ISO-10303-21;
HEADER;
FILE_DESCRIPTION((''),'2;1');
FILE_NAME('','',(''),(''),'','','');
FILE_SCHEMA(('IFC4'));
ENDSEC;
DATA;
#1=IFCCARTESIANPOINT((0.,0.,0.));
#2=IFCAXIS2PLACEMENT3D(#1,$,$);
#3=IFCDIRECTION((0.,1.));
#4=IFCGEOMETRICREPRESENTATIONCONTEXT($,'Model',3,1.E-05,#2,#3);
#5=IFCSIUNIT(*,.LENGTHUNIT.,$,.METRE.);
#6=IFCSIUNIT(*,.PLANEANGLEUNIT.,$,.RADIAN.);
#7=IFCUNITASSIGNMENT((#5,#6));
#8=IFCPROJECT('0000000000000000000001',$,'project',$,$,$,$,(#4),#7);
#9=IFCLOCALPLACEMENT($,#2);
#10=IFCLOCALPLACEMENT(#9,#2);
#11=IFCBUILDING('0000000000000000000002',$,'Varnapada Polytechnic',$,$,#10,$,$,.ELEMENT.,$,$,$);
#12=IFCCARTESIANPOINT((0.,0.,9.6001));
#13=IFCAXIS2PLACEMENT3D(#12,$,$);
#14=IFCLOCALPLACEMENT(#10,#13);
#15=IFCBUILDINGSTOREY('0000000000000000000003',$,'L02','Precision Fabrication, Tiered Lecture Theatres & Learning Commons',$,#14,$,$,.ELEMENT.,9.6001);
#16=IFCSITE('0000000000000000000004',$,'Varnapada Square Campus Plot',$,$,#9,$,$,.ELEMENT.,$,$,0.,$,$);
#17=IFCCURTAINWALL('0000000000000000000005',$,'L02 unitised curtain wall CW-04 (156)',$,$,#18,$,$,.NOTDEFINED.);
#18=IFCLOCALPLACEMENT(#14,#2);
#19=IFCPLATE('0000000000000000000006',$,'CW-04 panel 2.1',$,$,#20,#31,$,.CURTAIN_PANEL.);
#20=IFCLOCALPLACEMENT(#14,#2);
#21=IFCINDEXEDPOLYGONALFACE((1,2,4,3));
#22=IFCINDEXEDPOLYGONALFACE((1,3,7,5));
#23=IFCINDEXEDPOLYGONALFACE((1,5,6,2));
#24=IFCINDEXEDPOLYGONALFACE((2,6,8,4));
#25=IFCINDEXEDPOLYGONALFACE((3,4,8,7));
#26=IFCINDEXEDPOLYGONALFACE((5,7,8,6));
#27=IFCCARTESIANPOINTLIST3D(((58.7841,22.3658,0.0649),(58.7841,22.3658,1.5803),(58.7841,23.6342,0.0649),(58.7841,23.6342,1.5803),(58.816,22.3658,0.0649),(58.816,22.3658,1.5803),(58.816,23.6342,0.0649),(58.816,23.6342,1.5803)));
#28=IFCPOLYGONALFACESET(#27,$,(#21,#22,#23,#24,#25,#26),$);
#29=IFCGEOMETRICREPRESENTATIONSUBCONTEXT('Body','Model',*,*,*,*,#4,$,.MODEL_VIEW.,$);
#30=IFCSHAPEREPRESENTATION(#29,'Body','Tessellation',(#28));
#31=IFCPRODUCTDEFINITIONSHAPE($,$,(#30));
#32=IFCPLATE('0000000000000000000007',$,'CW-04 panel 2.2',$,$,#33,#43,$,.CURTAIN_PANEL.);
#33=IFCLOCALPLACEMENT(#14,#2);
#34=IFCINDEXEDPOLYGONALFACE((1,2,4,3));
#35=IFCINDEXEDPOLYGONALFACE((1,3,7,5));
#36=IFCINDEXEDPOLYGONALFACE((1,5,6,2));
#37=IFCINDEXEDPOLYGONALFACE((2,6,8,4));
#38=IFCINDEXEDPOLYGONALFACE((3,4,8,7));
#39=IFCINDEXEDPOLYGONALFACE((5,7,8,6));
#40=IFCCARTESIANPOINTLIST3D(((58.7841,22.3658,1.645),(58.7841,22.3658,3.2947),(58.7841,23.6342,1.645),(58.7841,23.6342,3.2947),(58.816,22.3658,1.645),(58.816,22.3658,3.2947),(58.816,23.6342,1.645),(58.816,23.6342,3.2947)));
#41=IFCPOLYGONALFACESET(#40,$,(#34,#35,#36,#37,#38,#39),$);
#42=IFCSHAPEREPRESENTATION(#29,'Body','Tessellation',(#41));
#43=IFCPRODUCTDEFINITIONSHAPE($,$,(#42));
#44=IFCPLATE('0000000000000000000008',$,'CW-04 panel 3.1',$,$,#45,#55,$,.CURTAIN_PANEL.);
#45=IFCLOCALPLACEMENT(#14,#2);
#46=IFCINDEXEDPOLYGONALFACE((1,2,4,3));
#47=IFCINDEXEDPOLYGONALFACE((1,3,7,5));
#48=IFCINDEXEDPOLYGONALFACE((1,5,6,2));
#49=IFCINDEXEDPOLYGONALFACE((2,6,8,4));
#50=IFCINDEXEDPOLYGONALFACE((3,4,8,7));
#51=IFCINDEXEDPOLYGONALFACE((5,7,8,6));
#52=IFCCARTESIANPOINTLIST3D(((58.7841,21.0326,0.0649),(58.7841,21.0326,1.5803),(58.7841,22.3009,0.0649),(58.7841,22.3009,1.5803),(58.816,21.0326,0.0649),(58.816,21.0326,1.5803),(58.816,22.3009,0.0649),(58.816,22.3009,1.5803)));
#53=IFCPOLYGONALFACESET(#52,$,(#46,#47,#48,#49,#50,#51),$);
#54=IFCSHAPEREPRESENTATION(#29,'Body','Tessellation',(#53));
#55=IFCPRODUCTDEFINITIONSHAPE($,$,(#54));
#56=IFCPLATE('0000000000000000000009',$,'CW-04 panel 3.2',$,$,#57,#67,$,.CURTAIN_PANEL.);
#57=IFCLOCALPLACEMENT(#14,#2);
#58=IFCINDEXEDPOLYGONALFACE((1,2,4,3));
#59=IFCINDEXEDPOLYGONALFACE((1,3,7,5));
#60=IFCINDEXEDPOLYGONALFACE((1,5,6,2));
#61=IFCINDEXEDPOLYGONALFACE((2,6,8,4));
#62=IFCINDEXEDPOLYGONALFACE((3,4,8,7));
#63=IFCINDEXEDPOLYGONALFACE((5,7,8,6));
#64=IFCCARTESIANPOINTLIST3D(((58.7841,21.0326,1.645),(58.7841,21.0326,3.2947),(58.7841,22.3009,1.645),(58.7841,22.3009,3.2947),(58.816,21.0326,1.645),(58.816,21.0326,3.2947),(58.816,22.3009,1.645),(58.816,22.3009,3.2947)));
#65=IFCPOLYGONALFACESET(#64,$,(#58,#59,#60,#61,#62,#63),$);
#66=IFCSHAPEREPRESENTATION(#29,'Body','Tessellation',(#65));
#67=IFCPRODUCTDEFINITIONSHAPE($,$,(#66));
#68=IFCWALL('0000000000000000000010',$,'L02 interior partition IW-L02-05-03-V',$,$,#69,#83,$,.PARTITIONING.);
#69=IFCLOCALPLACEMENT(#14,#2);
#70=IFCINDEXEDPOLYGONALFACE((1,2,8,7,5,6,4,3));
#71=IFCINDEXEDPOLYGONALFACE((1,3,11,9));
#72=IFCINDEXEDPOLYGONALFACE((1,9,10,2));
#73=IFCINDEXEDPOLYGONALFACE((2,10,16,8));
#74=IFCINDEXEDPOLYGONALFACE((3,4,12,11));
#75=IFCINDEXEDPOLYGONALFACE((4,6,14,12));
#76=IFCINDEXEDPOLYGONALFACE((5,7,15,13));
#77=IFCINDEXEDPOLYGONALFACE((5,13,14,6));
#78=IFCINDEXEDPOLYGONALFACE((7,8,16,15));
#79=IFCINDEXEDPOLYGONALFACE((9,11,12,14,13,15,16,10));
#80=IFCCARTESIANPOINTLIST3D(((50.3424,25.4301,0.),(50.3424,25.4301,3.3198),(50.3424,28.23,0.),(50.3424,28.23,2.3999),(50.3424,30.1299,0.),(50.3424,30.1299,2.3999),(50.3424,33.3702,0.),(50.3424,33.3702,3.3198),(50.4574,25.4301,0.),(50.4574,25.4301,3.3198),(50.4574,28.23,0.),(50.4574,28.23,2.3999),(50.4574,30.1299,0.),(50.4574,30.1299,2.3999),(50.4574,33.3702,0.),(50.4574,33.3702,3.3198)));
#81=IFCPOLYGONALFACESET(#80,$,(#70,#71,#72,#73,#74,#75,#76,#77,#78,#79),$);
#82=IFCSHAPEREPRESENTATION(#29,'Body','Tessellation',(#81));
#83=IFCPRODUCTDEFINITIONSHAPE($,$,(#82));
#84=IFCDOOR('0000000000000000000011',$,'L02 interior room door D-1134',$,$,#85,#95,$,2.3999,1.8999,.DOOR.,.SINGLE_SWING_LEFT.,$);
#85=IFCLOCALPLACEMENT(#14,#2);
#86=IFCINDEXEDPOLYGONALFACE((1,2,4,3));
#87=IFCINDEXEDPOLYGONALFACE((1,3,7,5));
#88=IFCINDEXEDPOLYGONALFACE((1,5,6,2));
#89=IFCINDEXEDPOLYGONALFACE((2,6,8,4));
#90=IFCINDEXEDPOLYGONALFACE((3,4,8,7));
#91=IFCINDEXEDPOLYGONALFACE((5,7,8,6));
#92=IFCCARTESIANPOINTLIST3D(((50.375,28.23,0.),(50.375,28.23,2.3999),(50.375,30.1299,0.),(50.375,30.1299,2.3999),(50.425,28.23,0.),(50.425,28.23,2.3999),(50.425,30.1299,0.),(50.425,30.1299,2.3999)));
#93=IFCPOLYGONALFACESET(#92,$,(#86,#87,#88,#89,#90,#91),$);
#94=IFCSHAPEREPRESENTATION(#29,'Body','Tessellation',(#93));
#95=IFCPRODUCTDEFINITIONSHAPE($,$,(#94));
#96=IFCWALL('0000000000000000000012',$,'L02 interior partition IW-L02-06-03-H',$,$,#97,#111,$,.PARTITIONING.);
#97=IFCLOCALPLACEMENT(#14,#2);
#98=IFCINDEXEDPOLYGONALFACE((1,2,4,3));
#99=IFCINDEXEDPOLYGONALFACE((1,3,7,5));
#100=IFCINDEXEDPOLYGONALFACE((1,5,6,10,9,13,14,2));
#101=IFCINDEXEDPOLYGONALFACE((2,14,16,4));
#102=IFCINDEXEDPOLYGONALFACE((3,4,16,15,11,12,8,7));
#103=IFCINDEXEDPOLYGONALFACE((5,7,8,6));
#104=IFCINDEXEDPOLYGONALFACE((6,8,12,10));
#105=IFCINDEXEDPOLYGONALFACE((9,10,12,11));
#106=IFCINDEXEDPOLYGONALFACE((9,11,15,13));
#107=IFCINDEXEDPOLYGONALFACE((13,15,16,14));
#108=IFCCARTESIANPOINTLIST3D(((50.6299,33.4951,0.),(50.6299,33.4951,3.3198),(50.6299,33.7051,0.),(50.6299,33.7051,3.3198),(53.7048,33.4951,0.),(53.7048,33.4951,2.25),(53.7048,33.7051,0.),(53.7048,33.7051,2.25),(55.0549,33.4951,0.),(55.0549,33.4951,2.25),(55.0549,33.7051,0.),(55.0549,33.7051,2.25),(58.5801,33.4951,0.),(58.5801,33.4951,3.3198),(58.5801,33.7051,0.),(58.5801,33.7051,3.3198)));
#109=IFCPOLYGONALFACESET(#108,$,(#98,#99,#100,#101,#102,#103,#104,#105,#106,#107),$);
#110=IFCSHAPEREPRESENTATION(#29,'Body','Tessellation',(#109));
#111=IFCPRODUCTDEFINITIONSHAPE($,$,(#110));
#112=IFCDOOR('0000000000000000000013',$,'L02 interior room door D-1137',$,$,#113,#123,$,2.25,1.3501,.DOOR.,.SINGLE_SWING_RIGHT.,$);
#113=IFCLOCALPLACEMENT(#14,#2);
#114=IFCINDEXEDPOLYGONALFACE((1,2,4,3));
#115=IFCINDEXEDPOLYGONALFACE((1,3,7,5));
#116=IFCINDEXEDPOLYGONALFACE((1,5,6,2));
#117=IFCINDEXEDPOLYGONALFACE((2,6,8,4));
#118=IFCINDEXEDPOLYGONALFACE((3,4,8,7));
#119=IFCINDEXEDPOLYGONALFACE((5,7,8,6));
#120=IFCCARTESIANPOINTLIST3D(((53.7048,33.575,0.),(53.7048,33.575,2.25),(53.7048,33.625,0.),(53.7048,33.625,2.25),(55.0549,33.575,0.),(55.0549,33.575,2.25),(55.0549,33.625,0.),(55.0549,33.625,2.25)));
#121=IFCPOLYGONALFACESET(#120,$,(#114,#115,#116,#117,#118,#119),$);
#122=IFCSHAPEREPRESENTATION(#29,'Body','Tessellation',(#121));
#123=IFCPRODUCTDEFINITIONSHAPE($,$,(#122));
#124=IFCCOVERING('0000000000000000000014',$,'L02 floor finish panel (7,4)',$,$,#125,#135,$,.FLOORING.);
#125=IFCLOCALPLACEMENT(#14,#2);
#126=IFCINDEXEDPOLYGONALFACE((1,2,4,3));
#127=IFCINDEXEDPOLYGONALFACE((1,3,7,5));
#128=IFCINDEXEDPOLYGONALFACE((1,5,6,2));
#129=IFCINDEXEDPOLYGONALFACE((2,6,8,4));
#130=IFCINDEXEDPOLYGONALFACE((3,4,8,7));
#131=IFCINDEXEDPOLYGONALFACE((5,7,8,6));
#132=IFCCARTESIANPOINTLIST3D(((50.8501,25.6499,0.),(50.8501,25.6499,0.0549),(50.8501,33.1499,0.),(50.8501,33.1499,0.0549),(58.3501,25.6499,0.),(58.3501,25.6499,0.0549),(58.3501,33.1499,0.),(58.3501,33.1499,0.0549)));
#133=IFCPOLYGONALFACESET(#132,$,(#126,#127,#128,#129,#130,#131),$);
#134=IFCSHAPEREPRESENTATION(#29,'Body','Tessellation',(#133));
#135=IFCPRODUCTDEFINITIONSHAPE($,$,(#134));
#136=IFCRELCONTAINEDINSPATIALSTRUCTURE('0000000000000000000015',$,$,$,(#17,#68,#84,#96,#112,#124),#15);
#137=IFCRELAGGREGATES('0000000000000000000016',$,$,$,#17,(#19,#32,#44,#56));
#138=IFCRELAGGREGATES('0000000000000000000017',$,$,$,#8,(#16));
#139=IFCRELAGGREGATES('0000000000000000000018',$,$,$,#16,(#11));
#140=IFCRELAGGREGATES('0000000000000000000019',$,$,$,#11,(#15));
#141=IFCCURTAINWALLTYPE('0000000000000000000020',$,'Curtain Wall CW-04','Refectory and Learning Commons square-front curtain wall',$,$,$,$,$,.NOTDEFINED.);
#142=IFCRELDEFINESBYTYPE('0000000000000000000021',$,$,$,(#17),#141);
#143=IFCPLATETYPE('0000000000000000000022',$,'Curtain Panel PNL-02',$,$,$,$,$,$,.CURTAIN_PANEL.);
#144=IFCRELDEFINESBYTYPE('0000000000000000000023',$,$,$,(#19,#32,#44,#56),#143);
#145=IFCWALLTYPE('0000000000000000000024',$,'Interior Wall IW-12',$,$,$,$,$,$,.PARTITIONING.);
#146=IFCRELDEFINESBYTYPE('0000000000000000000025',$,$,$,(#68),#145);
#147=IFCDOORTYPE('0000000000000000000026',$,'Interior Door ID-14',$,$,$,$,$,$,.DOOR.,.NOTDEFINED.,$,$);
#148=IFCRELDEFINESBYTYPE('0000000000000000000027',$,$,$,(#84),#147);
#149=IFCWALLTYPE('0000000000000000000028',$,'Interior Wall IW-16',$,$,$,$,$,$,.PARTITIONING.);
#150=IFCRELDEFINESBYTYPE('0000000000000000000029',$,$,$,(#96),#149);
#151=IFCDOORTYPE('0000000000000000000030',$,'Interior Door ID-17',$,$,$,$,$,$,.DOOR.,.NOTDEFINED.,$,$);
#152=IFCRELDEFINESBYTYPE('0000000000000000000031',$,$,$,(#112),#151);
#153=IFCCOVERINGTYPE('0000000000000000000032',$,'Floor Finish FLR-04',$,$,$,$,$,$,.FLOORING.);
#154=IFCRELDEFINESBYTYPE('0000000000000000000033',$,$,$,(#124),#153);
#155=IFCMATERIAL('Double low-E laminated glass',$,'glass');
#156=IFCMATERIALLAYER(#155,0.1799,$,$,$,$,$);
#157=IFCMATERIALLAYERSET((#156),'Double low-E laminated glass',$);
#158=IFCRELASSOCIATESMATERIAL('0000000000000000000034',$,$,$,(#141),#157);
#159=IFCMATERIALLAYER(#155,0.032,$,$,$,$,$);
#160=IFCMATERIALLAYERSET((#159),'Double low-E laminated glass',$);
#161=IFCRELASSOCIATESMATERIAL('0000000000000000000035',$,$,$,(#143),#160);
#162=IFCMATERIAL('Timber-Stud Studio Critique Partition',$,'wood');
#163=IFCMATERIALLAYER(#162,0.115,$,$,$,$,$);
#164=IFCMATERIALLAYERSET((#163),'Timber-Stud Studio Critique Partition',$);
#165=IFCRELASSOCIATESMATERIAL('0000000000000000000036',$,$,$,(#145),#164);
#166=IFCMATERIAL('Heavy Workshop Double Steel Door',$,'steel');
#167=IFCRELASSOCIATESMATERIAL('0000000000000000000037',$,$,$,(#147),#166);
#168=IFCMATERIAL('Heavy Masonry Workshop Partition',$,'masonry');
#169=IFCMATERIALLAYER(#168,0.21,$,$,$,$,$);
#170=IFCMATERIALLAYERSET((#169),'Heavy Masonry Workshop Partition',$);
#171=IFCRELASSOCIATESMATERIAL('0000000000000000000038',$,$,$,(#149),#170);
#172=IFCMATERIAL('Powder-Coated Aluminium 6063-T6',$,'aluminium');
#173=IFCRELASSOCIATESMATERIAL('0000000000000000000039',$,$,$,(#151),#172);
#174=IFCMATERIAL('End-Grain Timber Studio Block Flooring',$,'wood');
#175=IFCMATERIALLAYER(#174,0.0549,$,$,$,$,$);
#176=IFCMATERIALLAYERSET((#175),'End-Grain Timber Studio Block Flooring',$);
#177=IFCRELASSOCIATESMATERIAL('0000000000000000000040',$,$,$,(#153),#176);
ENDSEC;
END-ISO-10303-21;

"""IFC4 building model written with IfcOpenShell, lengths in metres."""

from ifc_helpers import new_model, si_unit, direction, frame, frame_2d, origin, origin_2d, place, context, subcontext, project, spatial, rectangle, extrude, material, layer, layer_set, type_object, element, fill, aggregate, save


model = new_model("IFC4")

# Units and contexts
model_context = context("Model", 3, precision=1e-05, world=origin(), true_north=direction((0.0, 1.0)))
body_context = subcontext(model_context, "Body", "Model", "MODEL_VIEW")
ifc_project = project(units=[si_unit("LENGTHUNIT", "METRE"), si_unit("PLANEANGLEUNIT", "RADIAN")], contexts=[model_context])

# Site, building, storey
site_placement = place(None, origin())
site = spatial("IfcSite", under=ifc_project, at=site_placement, Name="Varnapada Square Campus Plot", CompositionType="ELEMENT", RefElevation=0.0)
building_placement = place(site_placement, origin())
building = spatial("IfcBuilding", under=site, at=building_placement, Name="Varnapada Polytechnic", CompositionType="ELEMENT")
storey_placement = place(building_placement, frame((0.0, 0.0, 9.6001)))
storey = spatial("IfcBuildingStorey", under=building, at=storey_placement, Name="L02", Description="Precision Fabrication, Tiered Lecture Theatres & Learning Commons", CompositionType="ELEMENT", Elevation=9.6001)

# Curtain wall
ifc_material_1 = material(Name="Double low-E laminated glass", Category="glass")
ifc_layer_1 = layer(ifc_material_1, 0.1799)
ifc_layer_set_1 = layer_set([ifc_layer_1], Name="Double low-E laminated glass")
curtain_wall_type = type_object("IfcCurtainWallType", Name="Curtain Wall CW-04", Description="Refectory and Learning Commons square-front curtain wall", PredefinedType="NOTDEFINED", material=ifc_layer_set_1)
curtain_wall_placement = place(storey_placement, origin())
curtain_wall = element("IfcCurtainWall", 1, at=curtain_wall_placement, inside=storey, type_object=curtain_wall_type, Name="L02 unitised curtain wall CW-04 (156)", PredefinedType="NOTDEFINED")

# Plates
ifc_layer_2 = layer(ifc_material_1, 0.032)
ifc_layer_set_2 = layer_set([ifc_layer_2], Name="Double low-E laminated glass")
plate_type = type_object("IfcPlateType", Name="Curtain Panel PNL-02", PredefinedType="CURTAIN_PANEL", material=ifc_layer_set_2)
plate_1_placement = place(storey_placement, frame((58.8, 23.0, 0.0649), z_axis=(0.0, 0.0, 1.0), x_axis=(0.0, -1.0, 0.0)))
plate_1 = element("IfcPlate", 2, at=plate_1_placement, type_object=plate_type, Name="CW-04 panel 2.1", PredefinedType="CURTAIN_PANEL", context=body_context, shape_type="SweptSolid", body=[
    extrude(rectangle(XDim=1.2683, YDim=0.032, at=origin_2d()), origin(), (0.0, 0.0, 1.0), 1.5154),
])
plate_2_placement = place(storey_placement, frame((58.8, 23.0, 1.645), z_axis=(0.0, 0.0, 1.0), x_axis=(0.0, -1.0, 0.0)))
plate_2 = element("IfcPlate", 3, at=plate_2_placement, type_object=plate_type, Name="CW-04 panel 2.2", PredefinedType="CURTAIN_PANEL", context=body_context, shape_type="SweptSolid", body=[
    extrude(rectangle(XDim=1.2683, YDim=0.032, at=origin_2d()), origin(), (0.0, 0.0, 1.0), 1.6497),
])
plate_3_placement = place(storey_placement, frame((58.8, 21.6667, 0.0649), z_axis=(0.0, 0.0, 1.0), x_axis=(0.0, -1.0, 0.0)))
plate_3 = element("IfcPlate", 4, at=plate_3_placement, type_object=plate_type, Name="CW-04 panel 3.1", PredefinedType="CURTAIN_PANEL", context=body_context, shape_type="SweptSolid", body=[
    extrude(rectangle(XDim=1.2683, YDim=0.032, at=origin_2d()), origin(), (0.0, 0.0, 1.0), 1.5154),
])
plate_4_placement = place(storey_placement, frame((58.8, 21.6667, 1.645), z_axis=(0.0, 0.0, 1.0), x_axis=(0.0, -1.0, 0.0)))
plate_4 = element("IfcPlate", 5, at=plate_4_placement, type_object=plate_type, Name="CW-04 panel 3.2", PredefinedType="CURTAIN_PANEL", context=body_context, shape_type="SweptSolid", body=[
    extrude(rectangle(XDim=1.2683, YDim=0.032, at=origin_2d()), origin(), (0.0, 0.0, 1.0), 1.6497),
])
aggregate(curtain_wall, [plate_1, plate_2, plate_3, plate_4])

# Walls, openings, doors
ifc_material_2 = material(Name="Timber-Stud Studio Critique Partition", Category="wood")
ifc_layer_3 = layer(ifc_material_2, 0.115)
ifc_layer_set_3 = layer_set([ifc_layer_3], Name="Timber-Stud Studio Critique Partition")
wall_type_1 = type_object("IfcWallType", Name="Interior Wall IW-12", PredefinedType="PARTITIONING", material=ifc_layer_set_3)
wall_1_placement = place(storey_placement, frame((50.3999, 25.4299, 0.0), z_axis=(0.0, 0.0, 1.0), x_axis=(0.0, 1.0, 0.0)))
wall_1 = element("IfcWall", 6, at=wall_1_placement, inside=storey, type_object=wall_type_1, Name="L02 interior partition IW-L02-05-03-V", PredefinedType="PARTITIONING", context=body_context, shape_type="SweptSolid", body=[
    extrude(rectangle(XDim=7.9402, YDim=0.115, at=frame_2d((3.9702, 0.0))), origin(), (0.0, 0.0, 1.0), 3.3198),
])
opening_1_placement = place(wall_1_placement, frame((2.8, 0.0, 0.0)))
opening_1 = element("IfcOpeningElement", 7, at=opening_1_placement, cuts=wall_1, PredefinedType="OPENING", context=body_context, shape_type="SweptSolid", body=[
    extrude(rectangle(XDim=1.8999, YDim=2.3999, at=frame_2d((0.95, 1.2))), frame((0.0, 0.0674, 0.0), z_axis=(0.0, -1.0, 0.0), x_axis=(1.0, 0.0, 0.0)), (0.0, 0.0, 1.0), 0.135),
])
ifc_material_3 = material(Name="Heavy Workshop Double Steel Door", Category="steel")
door_type_1 = type_object("IfcDoorType", Name="Interior Door ID-14", OperationType="NOTDEFINED", PredefinedType="DOOR", material=ifc_material_3)
door_1_placement = place(opening_1_placement, origin())
door_1 = element("IfcDoor", 8, at=door_1_placement, inside=storey, type_object=door_type_1, Name="L02 interior room door D-1134", OperationType="SINGLE_SWING_LEFT", OverallHeight=2.3999, OverallWidth=1.8999, PredefinedType="DOOR", context=body_context, shape_type="SweptSolid", body=[
    extrude(rectangle(XDim=1.8999, YDim=2.3999, at=frame_2d((0.95, 1.2))), frame((0.0, 0.0249, 0.0), z_axis=(0.0, -1.0, 0.0), x_axis=(1.0, 0.0, 0.0)), (0.0, 0.0, 1.0), 0.05),
])
fill(opening_1, door_1)
ifc_material_4 = material(Name="Heavy Masonry Workshop Partition", Category="masonry")
ifc_layer_4 = layer(ifc_material_4, 0.21)
ifc_layer_set_4 = layer_set([ifc_layer_4], Name="Heavy Masonry Workshop Partition")
wall_type_2 = type_object("IfcWallType", Name="Interior Wall IW-16", PredefinedType="PARTITIONING", material=ifc_layer_set_4)
wall_2_placement = place(storey_placement, frame((50.6299, 33.6001, 0.0), z_axis=(0.0, 0.0, 1.0), x_axis=(1.0, 0.0, 0.0)))
wall_2 = element("IfcWall", 9, at=wall_2_placement, inside=storey, type_object=wall_type_2, Name="L02 interior partition IW-L02-06-03-H", PredefinedType="PARTITIONING", context=body_context, shape_type="SweptSolid", body=[
    extrude(rectangle(XDim=7.9502, YDim=0.21, at=frame_2d((3.9751, 0.0))), origin(), (0.0, 0.0, 1.0), 3.3198),
])
opening_2_placement = place(wall_2_placement, frame((3.075, 0.0, 0.0)))
opening_2 = element("IfcOpeningElement", 10, at=opening_2_placement, cuts=wall_2, PredefinedType="OPENING", context=body_context, shape_type="SweptSolid", body=[
    extrude(rectangle(XDim=1.3501, YDim=2.25, at=frame_2d((0.675, 1.125))), frame((0.0, 0.115, 0.0), z_axis=(0.0, -1.0, 0.0), x_axis=(1.0, 0.0, 0.0)), (0.0, 0.0, 1.0), 0.23),
])
ifc_material_5 = material(Name="Powder-Coated Aluminium 6063-T6", Category="aluminium")
door_type_2 = type_object("IfcDoorType", Name="Interior Door ID-17", OperationType="NOTDEFINED", PredefinedType="DOOR", material=ifc_material_5)
door_2_placement = place(opening_2_placement, origin())
door_2 = element("IfcDoor", 11, at=door_2_placement, inside=storey, type_object=door_type_2, Name="L02 interior room door D-1137", OperationType="SINGLE_SWING_RIGHT", OverallHeight=2.25, OverallWidth=1.3501, PredefinedType="DOOR", context=body_context, shape_type="SweptSolid", body=[
    extrude(rectangle(XDim=1.3501, YDim=2.25, at=frame_2d((0.675, 1.125))), frame((0.0, 0.0249, 0.0), z_axis=(0.0, -1.0, 0.0), x_axis=(1.0, 0.0, 0.0)), (0.0, 0.0, 1.0), 0.05),
])
fill(opening_2, door_2)

# Covering
ifc_material_6 = material(Name="End-Grain Timber Studio Block Flooring", Category="wood")
ifc_layer_5 = layer(ifc_material_6, 0.0549)
ifc_layer_set_5 = layer_set([ifc_layer_5], Name="End-Grain Timber Studio Block Flooring")
covering_type = type_object("IfcCoveringType", Name="Floor Finish FLR-04", PredefinedType="FLOORING", material=ifc_layer_set_5)
covering_placement = place(storey_placement, frame((54.6001, 29.3999, 0.0), z_axis=(0.0, 0.0, 1.0), x_axis=(1.0, 0.0, 0.0)))
element("IfcCovering", 12, at=covering_placement, inside=storey, type_object=covering_type, Name="L02 floor finish panel (7,4)", PredefinedType="FLOORING", context=body_context, shape_type="SweptSolid", body=[
    extrude(rectangle(XDim=7.5, YDim=7.5, at=origin_2d()), origin(), (0.0, 0.0, 1.0), 0.0549),
])

save(model, "model.ifc")
